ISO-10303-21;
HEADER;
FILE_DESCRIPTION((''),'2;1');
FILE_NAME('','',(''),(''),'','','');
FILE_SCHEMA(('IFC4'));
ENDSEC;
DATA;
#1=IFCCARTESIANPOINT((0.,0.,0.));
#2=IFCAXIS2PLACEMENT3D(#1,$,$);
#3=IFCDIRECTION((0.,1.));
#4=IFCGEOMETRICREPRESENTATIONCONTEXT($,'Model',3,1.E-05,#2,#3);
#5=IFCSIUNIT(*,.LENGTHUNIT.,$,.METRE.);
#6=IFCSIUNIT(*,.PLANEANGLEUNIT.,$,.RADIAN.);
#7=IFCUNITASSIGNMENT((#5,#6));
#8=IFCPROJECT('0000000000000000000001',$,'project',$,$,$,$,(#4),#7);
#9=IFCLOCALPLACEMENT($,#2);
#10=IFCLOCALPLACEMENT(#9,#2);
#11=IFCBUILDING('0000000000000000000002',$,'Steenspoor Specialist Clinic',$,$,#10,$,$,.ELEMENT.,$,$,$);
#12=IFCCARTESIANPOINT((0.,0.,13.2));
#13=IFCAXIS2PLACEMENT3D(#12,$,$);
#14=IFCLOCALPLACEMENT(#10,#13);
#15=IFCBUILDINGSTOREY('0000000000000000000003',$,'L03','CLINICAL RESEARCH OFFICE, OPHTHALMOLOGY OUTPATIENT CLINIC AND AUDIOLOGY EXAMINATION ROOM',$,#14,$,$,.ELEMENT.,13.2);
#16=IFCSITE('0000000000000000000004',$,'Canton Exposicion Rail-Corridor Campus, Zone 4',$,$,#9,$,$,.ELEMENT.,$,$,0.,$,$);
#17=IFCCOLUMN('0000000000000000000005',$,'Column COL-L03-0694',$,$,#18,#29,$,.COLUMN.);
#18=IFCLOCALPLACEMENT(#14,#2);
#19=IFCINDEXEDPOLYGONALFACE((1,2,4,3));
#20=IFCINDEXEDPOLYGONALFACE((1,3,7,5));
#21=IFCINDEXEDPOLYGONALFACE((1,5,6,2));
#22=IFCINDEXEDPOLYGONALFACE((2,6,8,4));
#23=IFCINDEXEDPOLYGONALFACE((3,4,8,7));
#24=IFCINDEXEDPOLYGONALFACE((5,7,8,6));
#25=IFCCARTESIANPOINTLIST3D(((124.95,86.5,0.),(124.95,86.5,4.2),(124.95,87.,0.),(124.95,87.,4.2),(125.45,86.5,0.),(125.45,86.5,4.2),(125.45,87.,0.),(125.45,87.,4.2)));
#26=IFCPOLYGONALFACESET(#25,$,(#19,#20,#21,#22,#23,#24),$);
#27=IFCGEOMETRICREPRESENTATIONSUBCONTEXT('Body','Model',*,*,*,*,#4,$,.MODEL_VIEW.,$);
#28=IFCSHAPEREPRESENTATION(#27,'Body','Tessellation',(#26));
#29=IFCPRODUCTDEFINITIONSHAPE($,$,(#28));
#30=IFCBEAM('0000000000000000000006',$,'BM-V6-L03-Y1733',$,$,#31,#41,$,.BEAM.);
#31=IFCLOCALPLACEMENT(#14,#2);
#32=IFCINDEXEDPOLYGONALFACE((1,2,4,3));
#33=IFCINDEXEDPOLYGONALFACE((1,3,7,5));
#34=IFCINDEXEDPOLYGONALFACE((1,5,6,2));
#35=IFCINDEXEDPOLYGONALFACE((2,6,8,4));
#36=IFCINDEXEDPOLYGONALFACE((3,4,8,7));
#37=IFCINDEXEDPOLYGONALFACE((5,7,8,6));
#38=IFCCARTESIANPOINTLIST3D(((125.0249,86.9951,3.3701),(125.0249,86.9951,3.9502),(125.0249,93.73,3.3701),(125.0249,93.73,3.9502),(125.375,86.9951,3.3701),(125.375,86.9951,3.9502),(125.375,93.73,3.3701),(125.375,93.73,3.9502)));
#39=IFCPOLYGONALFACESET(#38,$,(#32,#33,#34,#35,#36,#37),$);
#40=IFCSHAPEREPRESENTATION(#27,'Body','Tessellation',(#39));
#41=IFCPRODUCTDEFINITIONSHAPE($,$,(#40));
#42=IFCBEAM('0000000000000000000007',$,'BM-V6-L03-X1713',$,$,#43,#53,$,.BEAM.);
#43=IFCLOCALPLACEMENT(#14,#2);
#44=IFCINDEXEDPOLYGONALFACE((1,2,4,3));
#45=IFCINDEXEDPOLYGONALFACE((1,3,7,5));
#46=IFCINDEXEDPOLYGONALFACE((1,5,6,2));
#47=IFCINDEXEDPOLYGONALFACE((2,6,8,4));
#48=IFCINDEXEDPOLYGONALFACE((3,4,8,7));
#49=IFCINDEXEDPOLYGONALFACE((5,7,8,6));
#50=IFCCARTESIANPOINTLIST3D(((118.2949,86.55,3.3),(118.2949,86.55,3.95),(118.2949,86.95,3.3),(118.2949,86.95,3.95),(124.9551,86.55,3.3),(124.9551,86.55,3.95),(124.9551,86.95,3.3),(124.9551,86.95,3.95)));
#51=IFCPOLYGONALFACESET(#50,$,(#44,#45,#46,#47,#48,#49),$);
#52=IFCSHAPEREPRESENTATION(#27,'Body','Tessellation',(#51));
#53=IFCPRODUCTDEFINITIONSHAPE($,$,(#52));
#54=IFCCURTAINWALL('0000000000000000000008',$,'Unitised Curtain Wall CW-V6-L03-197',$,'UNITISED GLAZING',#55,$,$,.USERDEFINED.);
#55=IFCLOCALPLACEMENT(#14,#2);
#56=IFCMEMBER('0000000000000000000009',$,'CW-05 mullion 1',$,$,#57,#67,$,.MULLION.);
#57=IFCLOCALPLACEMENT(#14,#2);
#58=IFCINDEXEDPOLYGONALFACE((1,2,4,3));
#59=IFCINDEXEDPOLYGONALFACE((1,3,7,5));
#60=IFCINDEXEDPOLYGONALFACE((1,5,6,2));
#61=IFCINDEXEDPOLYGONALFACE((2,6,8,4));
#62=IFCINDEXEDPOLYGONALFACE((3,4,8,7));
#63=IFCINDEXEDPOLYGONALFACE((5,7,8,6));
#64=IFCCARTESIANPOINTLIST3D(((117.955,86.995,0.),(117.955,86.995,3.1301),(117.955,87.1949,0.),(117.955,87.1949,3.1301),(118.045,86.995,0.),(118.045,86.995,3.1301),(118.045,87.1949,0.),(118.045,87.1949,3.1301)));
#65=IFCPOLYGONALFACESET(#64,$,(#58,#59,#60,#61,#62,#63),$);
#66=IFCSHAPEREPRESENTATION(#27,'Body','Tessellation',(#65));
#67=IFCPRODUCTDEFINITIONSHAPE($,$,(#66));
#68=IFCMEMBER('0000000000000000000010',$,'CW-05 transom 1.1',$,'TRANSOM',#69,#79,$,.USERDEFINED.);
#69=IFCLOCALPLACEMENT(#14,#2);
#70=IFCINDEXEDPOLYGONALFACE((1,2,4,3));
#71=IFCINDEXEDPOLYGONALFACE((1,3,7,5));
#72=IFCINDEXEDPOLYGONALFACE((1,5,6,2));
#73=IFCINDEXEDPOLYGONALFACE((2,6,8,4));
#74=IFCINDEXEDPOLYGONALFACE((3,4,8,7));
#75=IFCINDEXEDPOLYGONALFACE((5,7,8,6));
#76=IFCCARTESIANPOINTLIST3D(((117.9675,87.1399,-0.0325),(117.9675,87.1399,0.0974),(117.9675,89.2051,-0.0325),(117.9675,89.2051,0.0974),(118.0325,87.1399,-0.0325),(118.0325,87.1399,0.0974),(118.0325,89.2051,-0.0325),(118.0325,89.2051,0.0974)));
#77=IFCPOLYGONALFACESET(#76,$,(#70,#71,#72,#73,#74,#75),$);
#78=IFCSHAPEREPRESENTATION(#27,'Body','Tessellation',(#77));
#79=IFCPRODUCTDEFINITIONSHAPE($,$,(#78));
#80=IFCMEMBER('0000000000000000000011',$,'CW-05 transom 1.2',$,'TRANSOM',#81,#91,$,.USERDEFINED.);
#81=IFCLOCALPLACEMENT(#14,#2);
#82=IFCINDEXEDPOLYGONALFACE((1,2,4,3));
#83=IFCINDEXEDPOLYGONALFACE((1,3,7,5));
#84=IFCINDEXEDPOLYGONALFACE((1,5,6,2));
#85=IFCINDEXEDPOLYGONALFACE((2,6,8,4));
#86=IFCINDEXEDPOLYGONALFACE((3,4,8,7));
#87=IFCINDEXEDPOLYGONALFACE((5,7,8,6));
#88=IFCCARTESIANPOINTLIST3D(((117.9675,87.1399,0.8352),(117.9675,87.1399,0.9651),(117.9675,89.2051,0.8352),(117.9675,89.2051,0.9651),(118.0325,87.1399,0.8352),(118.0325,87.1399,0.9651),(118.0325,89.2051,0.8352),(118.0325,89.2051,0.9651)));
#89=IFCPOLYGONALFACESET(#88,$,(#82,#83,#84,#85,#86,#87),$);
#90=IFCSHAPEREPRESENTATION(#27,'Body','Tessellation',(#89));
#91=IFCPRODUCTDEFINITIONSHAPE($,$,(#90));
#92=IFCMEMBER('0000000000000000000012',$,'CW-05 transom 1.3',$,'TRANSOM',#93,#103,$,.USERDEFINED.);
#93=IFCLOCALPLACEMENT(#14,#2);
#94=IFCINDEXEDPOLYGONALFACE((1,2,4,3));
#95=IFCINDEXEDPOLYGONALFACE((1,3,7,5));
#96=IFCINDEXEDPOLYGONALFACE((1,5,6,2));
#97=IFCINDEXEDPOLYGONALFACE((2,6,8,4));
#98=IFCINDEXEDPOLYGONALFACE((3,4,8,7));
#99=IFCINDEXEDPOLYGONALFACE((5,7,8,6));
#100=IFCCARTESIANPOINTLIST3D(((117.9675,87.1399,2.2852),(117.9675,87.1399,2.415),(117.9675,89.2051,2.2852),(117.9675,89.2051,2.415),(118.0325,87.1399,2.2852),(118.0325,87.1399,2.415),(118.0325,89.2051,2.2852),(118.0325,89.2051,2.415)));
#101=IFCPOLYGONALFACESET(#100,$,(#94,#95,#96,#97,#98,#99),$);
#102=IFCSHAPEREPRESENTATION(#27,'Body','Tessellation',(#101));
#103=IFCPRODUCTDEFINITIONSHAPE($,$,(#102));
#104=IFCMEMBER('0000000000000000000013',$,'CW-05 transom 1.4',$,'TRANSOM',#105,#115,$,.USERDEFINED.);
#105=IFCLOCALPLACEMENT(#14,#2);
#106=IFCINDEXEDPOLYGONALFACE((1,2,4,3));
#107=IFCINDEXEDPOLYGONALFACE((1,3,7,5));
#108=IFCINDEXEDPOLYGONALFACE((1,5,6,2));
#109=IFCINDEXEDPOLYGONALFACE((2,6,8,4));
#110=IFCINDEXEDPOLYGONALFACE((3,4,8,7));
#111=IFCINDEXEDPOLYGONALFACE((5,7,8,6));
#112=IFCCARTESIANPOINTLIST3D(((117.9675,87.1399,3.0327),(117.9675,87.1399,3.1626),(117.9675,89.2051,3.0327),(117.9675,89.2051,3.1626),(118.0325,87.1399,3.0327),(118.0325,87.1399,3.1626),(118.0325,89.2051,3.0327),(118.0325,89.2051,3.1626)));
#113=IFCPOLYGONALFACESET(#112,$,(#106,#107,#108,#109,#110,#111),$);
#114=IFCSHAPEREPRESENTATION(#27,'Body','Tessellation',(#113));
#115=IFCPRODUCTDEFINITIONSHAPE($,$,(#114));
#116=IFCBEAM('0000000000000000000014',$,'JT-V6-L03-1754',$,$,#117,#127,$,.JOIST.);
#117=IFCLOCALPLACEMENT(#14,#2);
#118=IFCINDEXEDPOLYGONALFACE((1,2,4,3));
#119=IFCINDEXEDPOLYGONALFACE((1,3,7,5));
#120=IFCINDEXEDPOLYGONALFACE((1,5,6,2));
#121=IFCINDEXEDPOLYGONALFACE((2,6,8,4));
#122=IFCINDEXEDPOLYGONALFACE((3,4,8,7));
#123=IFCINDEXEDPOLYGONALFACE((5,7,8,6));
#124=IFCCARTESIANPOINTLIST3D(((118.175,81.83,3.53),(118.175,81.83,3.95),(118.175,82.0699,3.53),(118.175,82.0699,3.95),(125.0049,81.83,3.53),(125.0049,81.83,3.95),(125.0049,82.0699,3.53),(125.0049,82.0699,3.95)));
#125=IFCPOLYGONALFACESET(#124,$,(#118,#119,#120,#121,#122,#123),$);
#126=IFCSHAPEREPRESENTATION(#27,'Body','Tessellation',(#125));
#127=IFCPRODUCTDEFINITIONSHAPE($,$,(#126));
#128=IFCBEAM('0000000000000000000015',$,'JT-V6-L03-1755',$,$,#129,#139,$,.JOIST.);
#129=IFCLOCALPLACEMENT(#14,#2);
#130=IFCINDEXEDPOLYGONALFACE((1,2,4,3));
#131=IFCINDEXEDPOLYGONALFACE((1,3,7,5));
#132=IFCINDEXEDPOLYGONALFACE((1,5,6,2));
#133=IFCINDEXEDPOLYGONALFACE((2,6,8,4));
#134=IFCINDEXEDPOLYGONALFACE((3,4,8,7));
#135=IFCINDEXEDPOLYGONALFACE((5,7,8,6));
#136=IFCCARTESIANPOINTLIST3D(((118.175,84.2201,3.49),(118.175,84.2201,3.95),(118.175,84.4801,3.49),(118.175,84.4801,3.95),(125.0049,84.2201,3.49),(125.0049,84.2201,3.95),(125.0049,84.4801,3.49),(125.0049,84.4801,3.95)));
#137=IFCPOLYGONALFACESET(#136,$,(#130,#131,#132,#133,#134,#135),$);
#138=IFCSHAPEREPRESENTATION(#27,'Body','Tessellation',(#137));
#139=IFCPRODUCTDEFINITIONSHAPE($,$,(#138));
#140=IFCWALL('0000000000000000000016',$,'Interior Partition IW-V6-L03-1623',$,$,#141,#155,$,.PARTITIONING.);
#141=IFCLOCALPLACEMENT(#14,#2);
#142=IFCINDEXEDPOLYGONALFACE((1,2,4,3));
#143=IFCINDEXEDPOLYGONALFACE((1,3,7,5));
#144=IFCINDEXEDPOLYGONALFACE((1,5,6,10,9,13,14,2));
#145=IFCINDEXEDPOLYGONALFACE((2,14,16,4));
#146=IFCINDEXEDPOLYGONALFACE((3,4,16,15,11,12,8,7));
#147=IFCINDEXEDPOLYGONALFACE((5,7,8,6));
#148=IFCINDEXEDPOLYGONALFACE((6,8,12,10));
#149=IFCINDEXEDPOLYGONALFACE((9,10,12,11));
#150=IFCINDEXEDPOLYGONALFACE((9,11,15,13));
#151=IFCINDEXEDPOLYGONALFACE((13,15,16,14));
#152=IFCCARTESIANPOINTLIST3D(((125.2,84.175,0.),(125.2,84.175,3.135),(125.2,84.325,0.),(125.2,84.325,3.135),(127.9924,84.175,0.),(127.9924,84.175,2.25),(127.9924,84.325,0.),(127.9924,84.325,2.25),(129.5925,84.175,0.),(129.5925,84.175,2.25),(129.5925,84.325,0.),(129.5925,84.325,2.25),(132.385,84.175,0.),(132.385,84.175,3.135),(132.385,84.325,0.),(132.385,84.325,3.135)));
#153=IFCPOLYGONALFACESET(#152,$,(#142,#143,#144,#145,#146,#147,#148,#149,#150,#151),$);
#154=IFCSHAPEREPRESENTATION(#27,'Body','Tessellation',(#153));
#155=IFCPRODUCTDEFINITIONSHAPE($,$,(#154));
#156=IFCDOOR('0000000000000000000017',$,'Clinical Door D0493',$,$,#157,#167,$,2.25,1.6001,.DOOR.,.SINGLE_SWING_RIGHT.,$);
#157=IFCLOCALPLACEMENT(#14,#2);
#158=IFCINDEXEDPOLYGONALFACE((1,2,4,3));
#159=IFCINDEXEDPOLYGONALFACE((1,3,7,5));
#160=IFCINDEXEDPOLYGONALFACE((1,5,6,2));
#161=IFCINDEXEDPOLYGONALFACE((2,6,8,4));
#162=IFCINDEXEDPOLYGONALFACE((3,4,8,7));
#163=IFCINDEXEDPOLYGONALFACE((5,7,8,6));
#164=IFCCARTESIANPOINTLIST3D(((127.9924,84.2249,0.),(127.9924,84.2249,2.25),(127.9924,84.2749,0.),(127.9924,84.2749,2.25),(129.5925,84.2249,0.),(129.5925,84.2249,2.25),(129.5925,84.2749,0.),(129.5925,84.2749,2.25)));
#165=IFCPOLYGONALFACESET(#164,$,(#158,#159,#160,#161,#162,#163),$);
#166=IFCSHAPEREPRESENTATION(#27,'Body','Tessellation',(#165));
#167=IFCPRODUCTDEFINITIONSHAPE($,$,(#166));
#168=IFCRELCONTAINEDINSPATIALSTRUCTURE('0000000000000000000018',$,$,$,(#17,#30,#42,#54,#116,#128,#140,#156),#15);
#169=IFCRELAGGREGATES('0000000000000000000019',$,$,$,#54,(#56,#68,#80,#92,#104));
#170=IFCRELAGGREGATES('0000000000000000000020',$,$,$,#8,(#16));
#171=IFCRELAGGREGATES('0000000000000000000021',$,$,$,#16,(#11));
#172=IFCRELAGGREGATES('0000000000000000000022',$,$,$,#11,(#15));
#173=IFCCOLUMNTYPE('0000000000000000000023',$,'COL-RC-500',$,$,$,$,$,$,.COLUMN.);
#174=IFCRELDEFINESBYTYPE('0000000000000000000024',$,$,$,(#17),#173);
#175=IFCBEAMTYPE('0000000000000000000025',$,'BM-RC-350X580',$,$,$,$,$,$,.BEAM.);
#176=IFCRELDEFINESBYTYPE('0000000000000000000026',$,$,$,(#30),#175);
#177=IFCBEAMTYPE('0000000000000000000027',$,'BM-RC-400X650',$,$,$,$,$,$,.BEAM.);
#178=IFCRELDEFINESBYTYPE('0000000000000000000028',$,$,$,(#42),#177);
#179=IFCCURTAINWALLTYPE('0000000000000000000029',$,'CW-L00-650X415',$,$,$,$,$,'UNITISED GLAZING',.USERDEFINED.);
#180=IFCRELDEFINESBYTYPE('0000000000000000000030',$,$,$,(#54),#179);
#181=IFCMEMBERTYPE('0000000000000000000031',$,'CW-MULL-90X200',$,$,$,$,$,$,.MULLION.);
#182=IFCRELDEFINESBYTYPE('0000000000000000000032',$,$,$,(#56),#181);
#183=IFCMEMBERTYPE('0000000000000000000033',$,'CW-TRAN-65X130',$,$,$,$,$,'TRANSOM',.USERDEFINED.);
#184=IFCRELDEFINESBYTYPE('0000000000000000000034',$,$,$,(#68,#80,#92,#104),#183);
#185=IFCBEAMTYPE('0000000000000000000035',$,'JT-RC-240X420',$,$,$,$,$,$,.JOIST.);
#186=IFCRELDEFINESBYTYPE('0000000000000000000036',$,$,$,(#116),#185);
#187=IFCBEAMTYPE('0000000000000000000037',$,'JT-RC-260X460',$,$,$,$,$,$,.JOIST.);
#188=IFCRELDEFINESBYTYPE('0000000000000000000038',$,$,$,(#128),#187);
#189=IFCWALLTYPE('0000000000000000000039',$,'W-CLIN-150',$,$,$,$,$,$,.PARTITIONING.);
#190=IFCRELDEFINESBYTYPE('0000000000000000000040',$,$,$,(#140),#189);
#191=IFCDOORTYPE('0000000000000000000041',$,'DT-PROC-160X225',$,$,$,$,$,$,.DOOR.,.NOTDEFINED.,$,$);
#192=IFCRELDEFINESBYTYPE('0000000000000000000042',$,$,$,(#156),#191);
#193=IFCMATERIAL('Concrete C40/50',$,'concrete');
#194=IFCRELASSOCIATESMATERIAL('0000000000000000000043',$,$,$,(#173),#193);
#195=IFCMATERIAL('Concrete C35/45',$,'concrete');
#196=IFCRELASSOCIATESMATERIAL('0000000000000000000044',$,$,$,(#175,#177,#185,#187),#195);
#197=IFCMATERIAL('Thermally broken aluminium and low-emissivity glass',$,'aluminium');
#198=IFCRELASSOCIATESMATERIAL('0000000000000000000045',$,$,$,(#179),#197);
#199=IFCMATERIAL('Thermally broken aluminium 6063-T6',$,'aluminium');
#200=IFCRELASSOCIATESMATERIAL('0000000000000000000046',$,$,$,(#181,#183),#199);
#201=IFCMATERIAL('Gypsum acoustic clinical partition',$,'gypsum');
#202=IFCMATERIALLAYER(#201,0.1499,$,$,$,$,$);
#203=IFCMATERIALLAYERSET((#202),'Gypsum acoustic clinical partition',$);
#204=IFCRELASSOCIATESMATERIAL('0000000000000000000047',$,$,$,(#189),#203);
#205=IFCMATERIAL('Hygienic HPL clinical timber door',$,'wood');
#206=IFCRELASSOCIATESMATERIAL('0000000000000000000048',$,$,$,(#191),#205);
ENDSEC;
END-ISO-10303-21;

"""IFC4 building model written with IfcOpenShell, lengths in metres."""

from ifc_helpers import new_model, si_unit, direction, frame, frame_2d, origin, origin_2d, place, context, subcontext, project, spatial, rectangle, extrude, material, layer, layer_set, material_profile, profile_set, type_object, element, fill, aggregate, save


model = new_model("IFC4")

# Units and contexts
model_context = context("Model", 3, precision=1e-05, world=origin(), true_north=direction((0.0, 1.0)))
body_context = subcontext(model_context, "Body", "Model", "MODEL_VIEW")
ifc_project = project(units=[si_unit("LENGTHUNIT", "METRE"), si_unit("PLANEANGLEUNIT", "RADIAN")], contexts=[model_context])

# Site, building, storey
site_placement = place(None, origin())
site = spatial("IfcSite", under=ifc_project, at=site_placement, Name="Canton Exposicion Rail-Corridor Campus, Zone 4", CompositionType="ELEMENT", RefElevation=0.0)
building_placement = place(site_placement, origin())
building = spatial("IfcBuilding", under=site, at=building_placement, Name="Steenspoor Specialist Clinic", CompositionType="ELEMENT")
storey_placement = place(building_placement, frame((0.0, 0.0, 13.2)))
storey = spatial("IfcBuildingStorey", under=building, at=storey_placement, Name="L03", Description="CLINICAL RESEARCH OFFICE, OPHTHALMOLOGY OUTPATIENT CLINIC AND AUDIOLOGY EXAMINATION ROOM", CompositionType="ELEMENT", Elevation=13.2)

# Column
ifc_material_1 = material(Name="Concrete C40/50", Category="concrete")
ifc_material_profile_1 = material_profile(ifc_material_1, rectangle(XDim=0.5, YDim=0.5, at=origin_2d()), Name="RC-COL-500X500")
ifc_profile_set_1 = profile_set([ifc_material_profile_1], Name="Concrete C40/50")
column_type = type_object("IfcColumnType", Name="COL-RC-500", PredefinedType="COLUMN", material=ifc_profile_set_1)
column_placement = place(storey_placement, frame((125.2, 86.75, 0.0), z_axis=(0.0, 0.0, 1.0), x_axis=(1.0, 0.0, 0.0)))
element("IfcColumn", 1, at=column_placement, inside=storey, type_object=column_type, Name="Column COL-L03-0694", PredefinedType="COLUMN", context=body_context, shape_type="SweptSolid", body=[
    extrude(rectangle(XDim=0.5, YDim=0.5, at=origin_2d()), origin(), (0.0, 0.0, 1.0), 4.2),
])

# Beams
ifc_material_2 = material(Name="Concrete C35/45", Category="concrete")
ifc_material_profile_2 = material_profile(ifc_material_2, rectangle(XDim=0.3501, YDim=0.5801, at=origin_2d()), Name="RC-BM-350X580")
ifc_profile_set_2 = profile_set([ifc_material_profile_2], Name="Concrete C35/45")
beam_type_1 = type_object("IfcBeamType", Name="BM-RC-350X580", PredefinedType="BEAM", material=ifc_profile_set_2)
beam_1_placement = place(storey_placement, frame((125.2, 86.9951, 3.6602), z_axis=(0.0, 1.0, 0.0), x_axis=(-1.0, 0.0, 0.0)))
element("IfcBeam", 2, at=beam_1_placement, inside=storey, type_object=beam_type_1, Name="BM-V6-L03-Y1733", PredefinedType="BEAM", context=body_context, shape_type="SweptSolid", body=[
    extrude(rectangle(XDim=0.3501, YDim=0.5801, at=origin_2d()), origin(), (0.0, 0.0, 1.0), 6.7349),
])
ifc_material_profile_3 = material_profile(ifc_material_2, rectangle(XDim=0.3999, YDim=0.6499, at=origin_2d()), Name="RC-BM-400X650")
ifc_profile_set_3 = profile_set([ifc_material_profile_3], Name="Concrete C35/45")
beam_type_2 = type_object("IfcBeamType", Name="BM-RC-400X650", PredefinedType="BEAM", material=ifc_profile_set_3)
beam_2_placement = place(storey_placement, frame((118.2949, 86.75, 3.625), z_axis=(1.0, 0.0, 0.0), x_axis=(0.0, 1.0, 0.0)))
element("IfcBeam", 3, at=beam_2_placement, inside=storey, type_object=beam_type_2, Name="BM-V6-L03-X1713", PredefinedType="BEAM", context=body_context, shape_type="SweptSolid", body=[
    extrude(rectangle(XDim=0.3999, YDim=0.6499, at=origin_2d()), origin(), (0.0, 0.0, 1.0), 6.6602),
])

# Curtain wall, members
ifc_material_3 = material(Name="Thermally broken aluminium and low-emissivity glass", Category="aluminium")
curtain_wall_type = type_object("IfcCurtainWallType", Name="CW-L00-650X415", ElementType="UNITISED GLAZING", PredefinedType="USERDEFINED", material=ifc_material_3)
curtain_wall_placement = place(storey_placement, origin())
curtain_wall = element("IfcCurtainWall", 4, at=curtain_wall_placement, inside=storey, type_object=curtain_wall_type, Name="Unitised Curtain Wall CW-V6-L03-197", ObjectType="UNITISED GLAZING", PredefinedType="USERDEFINED")
ifc_material_4 = material(Name="Thermally broken aluminium 6063-T6", Category="aluminium")
ifc_material_profile_4 = material_profile(ifc_material_4, rectangle(XDim=0.0901, YDim=0.2, at=origin_2d()), Name="CWM-90X200")
ifc_profile_set_4 = profile_set([ifc_material_profile_4], Name="Thermally broken aluminium 6063-T6")
member_type_1 = type_object("IfcMemberType", Name="CW-MULL-90X200", PredefinedType="MULLION", material=ifc_profile_set_4)
member_1_placement = place(storey_placement, frame((118.0, 87.095, 0.0), z_axis=(0.0, 0.0, 1.0), x_axis=(-1.0, 0.0, 0.0)))
member_1 = element("IfcMember", 5, at=member_1_placement, type_object=member_type_1, Name="CW-05 mullion 1", PredefinedType="MULLION", context=body_context, shape_type="SweptSolid", body=[
    extrude(rectangle(XDim=0.0901, YDim=0.2, at=origin_2d()), origin(), (0.0, 0.0, 1.0), 3.1301),
])
ifc_material_profile_5 = material_profile(ifc_material_4, rectangle(XDim=0.0649, YDim=0.1299, at=origin_2d()), Name="CWT-65X130")
ifc_profile_set_5 = profile_set([ifc_material_profile_5], Name="Thermally broken aluminium 6063-T6")
member_type_2 = type_object("IfcMemberType", Name="CW-TRAN-65X130", ElementType="TRANSOM", PredefinedType="USERDEFINED", material=ifc_profile_set_5)
member_2_placement = place(storey_placement, frame((118.0, 87.1399, 0.0325), z_axis=(0.0, 1.0, 0.0), x_axis=(-1.0, 0.0, 0.0)))
member_2 = element("IfcMember", 6, at=member_2_placement, type_object=member_type_2, Name="CW-05 transom 1.1", ObjectType="TRANSOM", PredefinedType="USERDEFINED", context=body_context, shape_type="SweptSolid", body=[
    extrude(rectangle(XDim=0.0649, YDim=0.1299, at=origin_2d()), origin(), (0.0, 0.0, 1.0), 2.0652),
])
member_3_placement = place(storey_placement, frame((118.0, 87.1399, 0.9001), z_axis=(0.0, 1.0, 0.0), x_axis=(-1.0, 0.0, 0.0)))
member_3 = element("IfcMember", 7, at=member_3_placement, type_object=member_type_2, Name="CW-05 transom 1.2", ObjectType="TRANSOM", PredefinedType="USERDEFINED", context=body_context, shape_type="SweptSolid", body=[
    extrude(rectangle(XDim=0.0649, YDim=0.1299, at=origin_2d()), origin(), (0.0, 0.0, 1.0), 2.0652),
])
member_4_placement = place(storey_placement, frame((118.0, 87.1399, 2.3501), z_axis=(0.0, 1.0, 0.0), x_axis=(-1.0, 0.0, 0.0)))
member_4 = element("IfcMember", 8, at=member_4_placement, type_object=member_type_2, Name="CW-05 transom 1.3", ObjectType="TRANSOM", PredefinedType="USERDEFINED", context=body_context, shape_type="SweptSolid", body=[
    extrude(rectangle(XDim=0.0649, YDim=0.1299, at=origin_2d()), origin(), (0.0, 0.0, 1.0), 2.0652),
])
member_5_placement = place(storey_placement, frame((118.0, 87.1399, 3.0977), z_axis=(0.0, 1.0, 0.0), x_axis=(-1.0, 0.0, 0.0)))
member_5 = element("IfcMember", 9, at=member_5_placement, type_object=member_type_2, Name="CW-05 transom 1.4", ObjectType="TRANSOM", PredefinedType="USERDEFINED", context=body_context, shape_type="SweptSolid", body=[
    extrude(rectangle(XDim=0.0649, YDim=0.1299, at=origin_2d()), origin(), (0.0, 0.0, 1.0), 2.0652),
])
aggregate(curtain_wall, [member_1, member_2, member_3, member_4, member_5])

# Beams
ifc_material_profile_6 = material_profile(ifc_material_2, rectangle(XDim=0.24, YDim=0.4199, at=origin_2d()), Name="RC-JT-240X420")
ifc_profile_set_6 = profile_set([ifc_material_profile_6], Name="Concrete C35/45")
beam_type_3 = type_object("IfcBeamType", Name="JT-RC-240X420", PredefinedType="JOIST", material=ifc_profile_set_6)
beam_3_placement = place(storey_placement, frame((118.175, 81.95, 3.74), z_axis=(1.0, 0.0, 0.0), x_axis=(0.0, 1.0, 0.0)))
element("IfcBeam", 10, at=beam_3_placement, inside=storey, type_object=beam_type_3, Name="JT-V6-L03-1754", PredefinedType="JOIST", context=body_context, shape_type="SweptSolid", body=[
    extrude(rectangle(XDim=0.24, YDim=0.4199, at=origin_2d()), origin(), (0.0, 0.0, 1.0), 6.8298),
])
ifc_material_profile_7 = material_profile(ifc_material_2, rectangle(XDim=0.26, YDim=0.46, at=origin_2d()), Name="RC-JT-260X460")
ifc_profile_set_7 = profile_set([ifc_material_profile_7], Name="Concrete C35/45")
beam_type_4 = type_object("IfcBeamType", Name="JT-RC-260X460", PredefinedType="JOIST", material=ifc_profile_set_7)
beam_4_placement = place(storey_placement, frame((118.175, 84.3501, 3.72), z_axis=(1.0, 0.0, 0.0), x_axis=(0.0, 1.0, 0.0)))
element("IfcBeam", 11, at=beam_4_placement, inside=storey, type_object=beam_type_4, Name="JT-V6-L03-1755", PredefinedType="JOIST", context=body_context, shape_type="SweptSolid", body=[
    extrude(rectangle(XDim=0.26, YDim=0.46, at=origin_2d()), origin(), (0.0, 0.0, 1.0), 6.8298),
])

# Wall, opening, door
ifc_material_5 = material(Name="Gypsum acoustic clinical partition", Category="gypsum")
ifc_layer_1 = layer(ifc_material_5, 0.1499)
ifc_layer_set_1 = layer_set([ifc_layer_1], Name="Gypsum acoustic clinical partition")
wall_type_1 = type_object("IfcWallType", Name="W-CLIN-150", PredefinedType="PARTITIONING", material=ifc_layer_set_1)
wall_1_placement = place(storey_placement, frame((125.2, 84.25, 0.0), z_axis=(0.0, 0.0, 1.0), x_axis=(1.0, 0.0, 0.0)))
wall_1 = element("IfcWall", 12, at=wall_1_placement, inside=storey, type_object=wall_type_1, Name="Interior Partition IW-V6-L03-1623", PredefinedType="PARTITIONING", context=body_context, shape_type="SweptSolid", body=[
    extrude(rectangle(XDim=7.1851, YDim=0.1499, at=frame_2d((3.5925, 0.0))), origin(), (0.0, 0.0, 1.0), 3.135),
])
opening_1_placement = place(wall_1_placement, frame((2.7925, 0.0, 0.0)))
opening_1 = element("IfcOpeningElement", 13, at=opening_1_placement, cuts=wall_1, PredefinedType="OPENING", context=body_context, shape_type="SweptSolid", body=[
    extrude(rectangle(XDim=1.6001, YDim=2.25, at=frame_2d((0.8, 1.125))), frame((0.0, 0.085, 0.0), z_axis=(0.0, -1.0, 0.0), x_axis=(1.0, 0.0, 0.0)), (0.0, 0.0, 1.0), 0.1699),
])
ifc_material_6 = material(Name="Hygienic HPL clinical timber door", Category="wood")
door_type_1 = type_object("IfcDoorType", Name="DT-PROC-160X225", OperationType="NOTDEFINED", PredefinedType="DOOR", material=ifc_material_6)
door_1_placement = place(opening_1_placement, origin())
door_1 = element("IfcDoor", 14, at=door_1_placement, inside=storey, type_object=door_type_1, Name="Clinical Door D0493", OperationType="SINGLE_SWING_RIGHT", OverallHeight=2.25, OverallWidth=1.6001, PredefinedType="DOOR", context=body_context, shape_type="SweptSolid", body=[
    extrude(rectangle(XDim=1.6001, YDim=2.25, at=frame_2d((0.8, 1.125))), frame((0.0, 0.0249, 0.0), z_axis=(0.0, -1.0, 0.0), x_axis=(1.0, 0.0, 0.0)), (0.0, 0.0, 1.0), 0.05),
])
fill(opening_1, door_1)

save(model, "model.ifc")
